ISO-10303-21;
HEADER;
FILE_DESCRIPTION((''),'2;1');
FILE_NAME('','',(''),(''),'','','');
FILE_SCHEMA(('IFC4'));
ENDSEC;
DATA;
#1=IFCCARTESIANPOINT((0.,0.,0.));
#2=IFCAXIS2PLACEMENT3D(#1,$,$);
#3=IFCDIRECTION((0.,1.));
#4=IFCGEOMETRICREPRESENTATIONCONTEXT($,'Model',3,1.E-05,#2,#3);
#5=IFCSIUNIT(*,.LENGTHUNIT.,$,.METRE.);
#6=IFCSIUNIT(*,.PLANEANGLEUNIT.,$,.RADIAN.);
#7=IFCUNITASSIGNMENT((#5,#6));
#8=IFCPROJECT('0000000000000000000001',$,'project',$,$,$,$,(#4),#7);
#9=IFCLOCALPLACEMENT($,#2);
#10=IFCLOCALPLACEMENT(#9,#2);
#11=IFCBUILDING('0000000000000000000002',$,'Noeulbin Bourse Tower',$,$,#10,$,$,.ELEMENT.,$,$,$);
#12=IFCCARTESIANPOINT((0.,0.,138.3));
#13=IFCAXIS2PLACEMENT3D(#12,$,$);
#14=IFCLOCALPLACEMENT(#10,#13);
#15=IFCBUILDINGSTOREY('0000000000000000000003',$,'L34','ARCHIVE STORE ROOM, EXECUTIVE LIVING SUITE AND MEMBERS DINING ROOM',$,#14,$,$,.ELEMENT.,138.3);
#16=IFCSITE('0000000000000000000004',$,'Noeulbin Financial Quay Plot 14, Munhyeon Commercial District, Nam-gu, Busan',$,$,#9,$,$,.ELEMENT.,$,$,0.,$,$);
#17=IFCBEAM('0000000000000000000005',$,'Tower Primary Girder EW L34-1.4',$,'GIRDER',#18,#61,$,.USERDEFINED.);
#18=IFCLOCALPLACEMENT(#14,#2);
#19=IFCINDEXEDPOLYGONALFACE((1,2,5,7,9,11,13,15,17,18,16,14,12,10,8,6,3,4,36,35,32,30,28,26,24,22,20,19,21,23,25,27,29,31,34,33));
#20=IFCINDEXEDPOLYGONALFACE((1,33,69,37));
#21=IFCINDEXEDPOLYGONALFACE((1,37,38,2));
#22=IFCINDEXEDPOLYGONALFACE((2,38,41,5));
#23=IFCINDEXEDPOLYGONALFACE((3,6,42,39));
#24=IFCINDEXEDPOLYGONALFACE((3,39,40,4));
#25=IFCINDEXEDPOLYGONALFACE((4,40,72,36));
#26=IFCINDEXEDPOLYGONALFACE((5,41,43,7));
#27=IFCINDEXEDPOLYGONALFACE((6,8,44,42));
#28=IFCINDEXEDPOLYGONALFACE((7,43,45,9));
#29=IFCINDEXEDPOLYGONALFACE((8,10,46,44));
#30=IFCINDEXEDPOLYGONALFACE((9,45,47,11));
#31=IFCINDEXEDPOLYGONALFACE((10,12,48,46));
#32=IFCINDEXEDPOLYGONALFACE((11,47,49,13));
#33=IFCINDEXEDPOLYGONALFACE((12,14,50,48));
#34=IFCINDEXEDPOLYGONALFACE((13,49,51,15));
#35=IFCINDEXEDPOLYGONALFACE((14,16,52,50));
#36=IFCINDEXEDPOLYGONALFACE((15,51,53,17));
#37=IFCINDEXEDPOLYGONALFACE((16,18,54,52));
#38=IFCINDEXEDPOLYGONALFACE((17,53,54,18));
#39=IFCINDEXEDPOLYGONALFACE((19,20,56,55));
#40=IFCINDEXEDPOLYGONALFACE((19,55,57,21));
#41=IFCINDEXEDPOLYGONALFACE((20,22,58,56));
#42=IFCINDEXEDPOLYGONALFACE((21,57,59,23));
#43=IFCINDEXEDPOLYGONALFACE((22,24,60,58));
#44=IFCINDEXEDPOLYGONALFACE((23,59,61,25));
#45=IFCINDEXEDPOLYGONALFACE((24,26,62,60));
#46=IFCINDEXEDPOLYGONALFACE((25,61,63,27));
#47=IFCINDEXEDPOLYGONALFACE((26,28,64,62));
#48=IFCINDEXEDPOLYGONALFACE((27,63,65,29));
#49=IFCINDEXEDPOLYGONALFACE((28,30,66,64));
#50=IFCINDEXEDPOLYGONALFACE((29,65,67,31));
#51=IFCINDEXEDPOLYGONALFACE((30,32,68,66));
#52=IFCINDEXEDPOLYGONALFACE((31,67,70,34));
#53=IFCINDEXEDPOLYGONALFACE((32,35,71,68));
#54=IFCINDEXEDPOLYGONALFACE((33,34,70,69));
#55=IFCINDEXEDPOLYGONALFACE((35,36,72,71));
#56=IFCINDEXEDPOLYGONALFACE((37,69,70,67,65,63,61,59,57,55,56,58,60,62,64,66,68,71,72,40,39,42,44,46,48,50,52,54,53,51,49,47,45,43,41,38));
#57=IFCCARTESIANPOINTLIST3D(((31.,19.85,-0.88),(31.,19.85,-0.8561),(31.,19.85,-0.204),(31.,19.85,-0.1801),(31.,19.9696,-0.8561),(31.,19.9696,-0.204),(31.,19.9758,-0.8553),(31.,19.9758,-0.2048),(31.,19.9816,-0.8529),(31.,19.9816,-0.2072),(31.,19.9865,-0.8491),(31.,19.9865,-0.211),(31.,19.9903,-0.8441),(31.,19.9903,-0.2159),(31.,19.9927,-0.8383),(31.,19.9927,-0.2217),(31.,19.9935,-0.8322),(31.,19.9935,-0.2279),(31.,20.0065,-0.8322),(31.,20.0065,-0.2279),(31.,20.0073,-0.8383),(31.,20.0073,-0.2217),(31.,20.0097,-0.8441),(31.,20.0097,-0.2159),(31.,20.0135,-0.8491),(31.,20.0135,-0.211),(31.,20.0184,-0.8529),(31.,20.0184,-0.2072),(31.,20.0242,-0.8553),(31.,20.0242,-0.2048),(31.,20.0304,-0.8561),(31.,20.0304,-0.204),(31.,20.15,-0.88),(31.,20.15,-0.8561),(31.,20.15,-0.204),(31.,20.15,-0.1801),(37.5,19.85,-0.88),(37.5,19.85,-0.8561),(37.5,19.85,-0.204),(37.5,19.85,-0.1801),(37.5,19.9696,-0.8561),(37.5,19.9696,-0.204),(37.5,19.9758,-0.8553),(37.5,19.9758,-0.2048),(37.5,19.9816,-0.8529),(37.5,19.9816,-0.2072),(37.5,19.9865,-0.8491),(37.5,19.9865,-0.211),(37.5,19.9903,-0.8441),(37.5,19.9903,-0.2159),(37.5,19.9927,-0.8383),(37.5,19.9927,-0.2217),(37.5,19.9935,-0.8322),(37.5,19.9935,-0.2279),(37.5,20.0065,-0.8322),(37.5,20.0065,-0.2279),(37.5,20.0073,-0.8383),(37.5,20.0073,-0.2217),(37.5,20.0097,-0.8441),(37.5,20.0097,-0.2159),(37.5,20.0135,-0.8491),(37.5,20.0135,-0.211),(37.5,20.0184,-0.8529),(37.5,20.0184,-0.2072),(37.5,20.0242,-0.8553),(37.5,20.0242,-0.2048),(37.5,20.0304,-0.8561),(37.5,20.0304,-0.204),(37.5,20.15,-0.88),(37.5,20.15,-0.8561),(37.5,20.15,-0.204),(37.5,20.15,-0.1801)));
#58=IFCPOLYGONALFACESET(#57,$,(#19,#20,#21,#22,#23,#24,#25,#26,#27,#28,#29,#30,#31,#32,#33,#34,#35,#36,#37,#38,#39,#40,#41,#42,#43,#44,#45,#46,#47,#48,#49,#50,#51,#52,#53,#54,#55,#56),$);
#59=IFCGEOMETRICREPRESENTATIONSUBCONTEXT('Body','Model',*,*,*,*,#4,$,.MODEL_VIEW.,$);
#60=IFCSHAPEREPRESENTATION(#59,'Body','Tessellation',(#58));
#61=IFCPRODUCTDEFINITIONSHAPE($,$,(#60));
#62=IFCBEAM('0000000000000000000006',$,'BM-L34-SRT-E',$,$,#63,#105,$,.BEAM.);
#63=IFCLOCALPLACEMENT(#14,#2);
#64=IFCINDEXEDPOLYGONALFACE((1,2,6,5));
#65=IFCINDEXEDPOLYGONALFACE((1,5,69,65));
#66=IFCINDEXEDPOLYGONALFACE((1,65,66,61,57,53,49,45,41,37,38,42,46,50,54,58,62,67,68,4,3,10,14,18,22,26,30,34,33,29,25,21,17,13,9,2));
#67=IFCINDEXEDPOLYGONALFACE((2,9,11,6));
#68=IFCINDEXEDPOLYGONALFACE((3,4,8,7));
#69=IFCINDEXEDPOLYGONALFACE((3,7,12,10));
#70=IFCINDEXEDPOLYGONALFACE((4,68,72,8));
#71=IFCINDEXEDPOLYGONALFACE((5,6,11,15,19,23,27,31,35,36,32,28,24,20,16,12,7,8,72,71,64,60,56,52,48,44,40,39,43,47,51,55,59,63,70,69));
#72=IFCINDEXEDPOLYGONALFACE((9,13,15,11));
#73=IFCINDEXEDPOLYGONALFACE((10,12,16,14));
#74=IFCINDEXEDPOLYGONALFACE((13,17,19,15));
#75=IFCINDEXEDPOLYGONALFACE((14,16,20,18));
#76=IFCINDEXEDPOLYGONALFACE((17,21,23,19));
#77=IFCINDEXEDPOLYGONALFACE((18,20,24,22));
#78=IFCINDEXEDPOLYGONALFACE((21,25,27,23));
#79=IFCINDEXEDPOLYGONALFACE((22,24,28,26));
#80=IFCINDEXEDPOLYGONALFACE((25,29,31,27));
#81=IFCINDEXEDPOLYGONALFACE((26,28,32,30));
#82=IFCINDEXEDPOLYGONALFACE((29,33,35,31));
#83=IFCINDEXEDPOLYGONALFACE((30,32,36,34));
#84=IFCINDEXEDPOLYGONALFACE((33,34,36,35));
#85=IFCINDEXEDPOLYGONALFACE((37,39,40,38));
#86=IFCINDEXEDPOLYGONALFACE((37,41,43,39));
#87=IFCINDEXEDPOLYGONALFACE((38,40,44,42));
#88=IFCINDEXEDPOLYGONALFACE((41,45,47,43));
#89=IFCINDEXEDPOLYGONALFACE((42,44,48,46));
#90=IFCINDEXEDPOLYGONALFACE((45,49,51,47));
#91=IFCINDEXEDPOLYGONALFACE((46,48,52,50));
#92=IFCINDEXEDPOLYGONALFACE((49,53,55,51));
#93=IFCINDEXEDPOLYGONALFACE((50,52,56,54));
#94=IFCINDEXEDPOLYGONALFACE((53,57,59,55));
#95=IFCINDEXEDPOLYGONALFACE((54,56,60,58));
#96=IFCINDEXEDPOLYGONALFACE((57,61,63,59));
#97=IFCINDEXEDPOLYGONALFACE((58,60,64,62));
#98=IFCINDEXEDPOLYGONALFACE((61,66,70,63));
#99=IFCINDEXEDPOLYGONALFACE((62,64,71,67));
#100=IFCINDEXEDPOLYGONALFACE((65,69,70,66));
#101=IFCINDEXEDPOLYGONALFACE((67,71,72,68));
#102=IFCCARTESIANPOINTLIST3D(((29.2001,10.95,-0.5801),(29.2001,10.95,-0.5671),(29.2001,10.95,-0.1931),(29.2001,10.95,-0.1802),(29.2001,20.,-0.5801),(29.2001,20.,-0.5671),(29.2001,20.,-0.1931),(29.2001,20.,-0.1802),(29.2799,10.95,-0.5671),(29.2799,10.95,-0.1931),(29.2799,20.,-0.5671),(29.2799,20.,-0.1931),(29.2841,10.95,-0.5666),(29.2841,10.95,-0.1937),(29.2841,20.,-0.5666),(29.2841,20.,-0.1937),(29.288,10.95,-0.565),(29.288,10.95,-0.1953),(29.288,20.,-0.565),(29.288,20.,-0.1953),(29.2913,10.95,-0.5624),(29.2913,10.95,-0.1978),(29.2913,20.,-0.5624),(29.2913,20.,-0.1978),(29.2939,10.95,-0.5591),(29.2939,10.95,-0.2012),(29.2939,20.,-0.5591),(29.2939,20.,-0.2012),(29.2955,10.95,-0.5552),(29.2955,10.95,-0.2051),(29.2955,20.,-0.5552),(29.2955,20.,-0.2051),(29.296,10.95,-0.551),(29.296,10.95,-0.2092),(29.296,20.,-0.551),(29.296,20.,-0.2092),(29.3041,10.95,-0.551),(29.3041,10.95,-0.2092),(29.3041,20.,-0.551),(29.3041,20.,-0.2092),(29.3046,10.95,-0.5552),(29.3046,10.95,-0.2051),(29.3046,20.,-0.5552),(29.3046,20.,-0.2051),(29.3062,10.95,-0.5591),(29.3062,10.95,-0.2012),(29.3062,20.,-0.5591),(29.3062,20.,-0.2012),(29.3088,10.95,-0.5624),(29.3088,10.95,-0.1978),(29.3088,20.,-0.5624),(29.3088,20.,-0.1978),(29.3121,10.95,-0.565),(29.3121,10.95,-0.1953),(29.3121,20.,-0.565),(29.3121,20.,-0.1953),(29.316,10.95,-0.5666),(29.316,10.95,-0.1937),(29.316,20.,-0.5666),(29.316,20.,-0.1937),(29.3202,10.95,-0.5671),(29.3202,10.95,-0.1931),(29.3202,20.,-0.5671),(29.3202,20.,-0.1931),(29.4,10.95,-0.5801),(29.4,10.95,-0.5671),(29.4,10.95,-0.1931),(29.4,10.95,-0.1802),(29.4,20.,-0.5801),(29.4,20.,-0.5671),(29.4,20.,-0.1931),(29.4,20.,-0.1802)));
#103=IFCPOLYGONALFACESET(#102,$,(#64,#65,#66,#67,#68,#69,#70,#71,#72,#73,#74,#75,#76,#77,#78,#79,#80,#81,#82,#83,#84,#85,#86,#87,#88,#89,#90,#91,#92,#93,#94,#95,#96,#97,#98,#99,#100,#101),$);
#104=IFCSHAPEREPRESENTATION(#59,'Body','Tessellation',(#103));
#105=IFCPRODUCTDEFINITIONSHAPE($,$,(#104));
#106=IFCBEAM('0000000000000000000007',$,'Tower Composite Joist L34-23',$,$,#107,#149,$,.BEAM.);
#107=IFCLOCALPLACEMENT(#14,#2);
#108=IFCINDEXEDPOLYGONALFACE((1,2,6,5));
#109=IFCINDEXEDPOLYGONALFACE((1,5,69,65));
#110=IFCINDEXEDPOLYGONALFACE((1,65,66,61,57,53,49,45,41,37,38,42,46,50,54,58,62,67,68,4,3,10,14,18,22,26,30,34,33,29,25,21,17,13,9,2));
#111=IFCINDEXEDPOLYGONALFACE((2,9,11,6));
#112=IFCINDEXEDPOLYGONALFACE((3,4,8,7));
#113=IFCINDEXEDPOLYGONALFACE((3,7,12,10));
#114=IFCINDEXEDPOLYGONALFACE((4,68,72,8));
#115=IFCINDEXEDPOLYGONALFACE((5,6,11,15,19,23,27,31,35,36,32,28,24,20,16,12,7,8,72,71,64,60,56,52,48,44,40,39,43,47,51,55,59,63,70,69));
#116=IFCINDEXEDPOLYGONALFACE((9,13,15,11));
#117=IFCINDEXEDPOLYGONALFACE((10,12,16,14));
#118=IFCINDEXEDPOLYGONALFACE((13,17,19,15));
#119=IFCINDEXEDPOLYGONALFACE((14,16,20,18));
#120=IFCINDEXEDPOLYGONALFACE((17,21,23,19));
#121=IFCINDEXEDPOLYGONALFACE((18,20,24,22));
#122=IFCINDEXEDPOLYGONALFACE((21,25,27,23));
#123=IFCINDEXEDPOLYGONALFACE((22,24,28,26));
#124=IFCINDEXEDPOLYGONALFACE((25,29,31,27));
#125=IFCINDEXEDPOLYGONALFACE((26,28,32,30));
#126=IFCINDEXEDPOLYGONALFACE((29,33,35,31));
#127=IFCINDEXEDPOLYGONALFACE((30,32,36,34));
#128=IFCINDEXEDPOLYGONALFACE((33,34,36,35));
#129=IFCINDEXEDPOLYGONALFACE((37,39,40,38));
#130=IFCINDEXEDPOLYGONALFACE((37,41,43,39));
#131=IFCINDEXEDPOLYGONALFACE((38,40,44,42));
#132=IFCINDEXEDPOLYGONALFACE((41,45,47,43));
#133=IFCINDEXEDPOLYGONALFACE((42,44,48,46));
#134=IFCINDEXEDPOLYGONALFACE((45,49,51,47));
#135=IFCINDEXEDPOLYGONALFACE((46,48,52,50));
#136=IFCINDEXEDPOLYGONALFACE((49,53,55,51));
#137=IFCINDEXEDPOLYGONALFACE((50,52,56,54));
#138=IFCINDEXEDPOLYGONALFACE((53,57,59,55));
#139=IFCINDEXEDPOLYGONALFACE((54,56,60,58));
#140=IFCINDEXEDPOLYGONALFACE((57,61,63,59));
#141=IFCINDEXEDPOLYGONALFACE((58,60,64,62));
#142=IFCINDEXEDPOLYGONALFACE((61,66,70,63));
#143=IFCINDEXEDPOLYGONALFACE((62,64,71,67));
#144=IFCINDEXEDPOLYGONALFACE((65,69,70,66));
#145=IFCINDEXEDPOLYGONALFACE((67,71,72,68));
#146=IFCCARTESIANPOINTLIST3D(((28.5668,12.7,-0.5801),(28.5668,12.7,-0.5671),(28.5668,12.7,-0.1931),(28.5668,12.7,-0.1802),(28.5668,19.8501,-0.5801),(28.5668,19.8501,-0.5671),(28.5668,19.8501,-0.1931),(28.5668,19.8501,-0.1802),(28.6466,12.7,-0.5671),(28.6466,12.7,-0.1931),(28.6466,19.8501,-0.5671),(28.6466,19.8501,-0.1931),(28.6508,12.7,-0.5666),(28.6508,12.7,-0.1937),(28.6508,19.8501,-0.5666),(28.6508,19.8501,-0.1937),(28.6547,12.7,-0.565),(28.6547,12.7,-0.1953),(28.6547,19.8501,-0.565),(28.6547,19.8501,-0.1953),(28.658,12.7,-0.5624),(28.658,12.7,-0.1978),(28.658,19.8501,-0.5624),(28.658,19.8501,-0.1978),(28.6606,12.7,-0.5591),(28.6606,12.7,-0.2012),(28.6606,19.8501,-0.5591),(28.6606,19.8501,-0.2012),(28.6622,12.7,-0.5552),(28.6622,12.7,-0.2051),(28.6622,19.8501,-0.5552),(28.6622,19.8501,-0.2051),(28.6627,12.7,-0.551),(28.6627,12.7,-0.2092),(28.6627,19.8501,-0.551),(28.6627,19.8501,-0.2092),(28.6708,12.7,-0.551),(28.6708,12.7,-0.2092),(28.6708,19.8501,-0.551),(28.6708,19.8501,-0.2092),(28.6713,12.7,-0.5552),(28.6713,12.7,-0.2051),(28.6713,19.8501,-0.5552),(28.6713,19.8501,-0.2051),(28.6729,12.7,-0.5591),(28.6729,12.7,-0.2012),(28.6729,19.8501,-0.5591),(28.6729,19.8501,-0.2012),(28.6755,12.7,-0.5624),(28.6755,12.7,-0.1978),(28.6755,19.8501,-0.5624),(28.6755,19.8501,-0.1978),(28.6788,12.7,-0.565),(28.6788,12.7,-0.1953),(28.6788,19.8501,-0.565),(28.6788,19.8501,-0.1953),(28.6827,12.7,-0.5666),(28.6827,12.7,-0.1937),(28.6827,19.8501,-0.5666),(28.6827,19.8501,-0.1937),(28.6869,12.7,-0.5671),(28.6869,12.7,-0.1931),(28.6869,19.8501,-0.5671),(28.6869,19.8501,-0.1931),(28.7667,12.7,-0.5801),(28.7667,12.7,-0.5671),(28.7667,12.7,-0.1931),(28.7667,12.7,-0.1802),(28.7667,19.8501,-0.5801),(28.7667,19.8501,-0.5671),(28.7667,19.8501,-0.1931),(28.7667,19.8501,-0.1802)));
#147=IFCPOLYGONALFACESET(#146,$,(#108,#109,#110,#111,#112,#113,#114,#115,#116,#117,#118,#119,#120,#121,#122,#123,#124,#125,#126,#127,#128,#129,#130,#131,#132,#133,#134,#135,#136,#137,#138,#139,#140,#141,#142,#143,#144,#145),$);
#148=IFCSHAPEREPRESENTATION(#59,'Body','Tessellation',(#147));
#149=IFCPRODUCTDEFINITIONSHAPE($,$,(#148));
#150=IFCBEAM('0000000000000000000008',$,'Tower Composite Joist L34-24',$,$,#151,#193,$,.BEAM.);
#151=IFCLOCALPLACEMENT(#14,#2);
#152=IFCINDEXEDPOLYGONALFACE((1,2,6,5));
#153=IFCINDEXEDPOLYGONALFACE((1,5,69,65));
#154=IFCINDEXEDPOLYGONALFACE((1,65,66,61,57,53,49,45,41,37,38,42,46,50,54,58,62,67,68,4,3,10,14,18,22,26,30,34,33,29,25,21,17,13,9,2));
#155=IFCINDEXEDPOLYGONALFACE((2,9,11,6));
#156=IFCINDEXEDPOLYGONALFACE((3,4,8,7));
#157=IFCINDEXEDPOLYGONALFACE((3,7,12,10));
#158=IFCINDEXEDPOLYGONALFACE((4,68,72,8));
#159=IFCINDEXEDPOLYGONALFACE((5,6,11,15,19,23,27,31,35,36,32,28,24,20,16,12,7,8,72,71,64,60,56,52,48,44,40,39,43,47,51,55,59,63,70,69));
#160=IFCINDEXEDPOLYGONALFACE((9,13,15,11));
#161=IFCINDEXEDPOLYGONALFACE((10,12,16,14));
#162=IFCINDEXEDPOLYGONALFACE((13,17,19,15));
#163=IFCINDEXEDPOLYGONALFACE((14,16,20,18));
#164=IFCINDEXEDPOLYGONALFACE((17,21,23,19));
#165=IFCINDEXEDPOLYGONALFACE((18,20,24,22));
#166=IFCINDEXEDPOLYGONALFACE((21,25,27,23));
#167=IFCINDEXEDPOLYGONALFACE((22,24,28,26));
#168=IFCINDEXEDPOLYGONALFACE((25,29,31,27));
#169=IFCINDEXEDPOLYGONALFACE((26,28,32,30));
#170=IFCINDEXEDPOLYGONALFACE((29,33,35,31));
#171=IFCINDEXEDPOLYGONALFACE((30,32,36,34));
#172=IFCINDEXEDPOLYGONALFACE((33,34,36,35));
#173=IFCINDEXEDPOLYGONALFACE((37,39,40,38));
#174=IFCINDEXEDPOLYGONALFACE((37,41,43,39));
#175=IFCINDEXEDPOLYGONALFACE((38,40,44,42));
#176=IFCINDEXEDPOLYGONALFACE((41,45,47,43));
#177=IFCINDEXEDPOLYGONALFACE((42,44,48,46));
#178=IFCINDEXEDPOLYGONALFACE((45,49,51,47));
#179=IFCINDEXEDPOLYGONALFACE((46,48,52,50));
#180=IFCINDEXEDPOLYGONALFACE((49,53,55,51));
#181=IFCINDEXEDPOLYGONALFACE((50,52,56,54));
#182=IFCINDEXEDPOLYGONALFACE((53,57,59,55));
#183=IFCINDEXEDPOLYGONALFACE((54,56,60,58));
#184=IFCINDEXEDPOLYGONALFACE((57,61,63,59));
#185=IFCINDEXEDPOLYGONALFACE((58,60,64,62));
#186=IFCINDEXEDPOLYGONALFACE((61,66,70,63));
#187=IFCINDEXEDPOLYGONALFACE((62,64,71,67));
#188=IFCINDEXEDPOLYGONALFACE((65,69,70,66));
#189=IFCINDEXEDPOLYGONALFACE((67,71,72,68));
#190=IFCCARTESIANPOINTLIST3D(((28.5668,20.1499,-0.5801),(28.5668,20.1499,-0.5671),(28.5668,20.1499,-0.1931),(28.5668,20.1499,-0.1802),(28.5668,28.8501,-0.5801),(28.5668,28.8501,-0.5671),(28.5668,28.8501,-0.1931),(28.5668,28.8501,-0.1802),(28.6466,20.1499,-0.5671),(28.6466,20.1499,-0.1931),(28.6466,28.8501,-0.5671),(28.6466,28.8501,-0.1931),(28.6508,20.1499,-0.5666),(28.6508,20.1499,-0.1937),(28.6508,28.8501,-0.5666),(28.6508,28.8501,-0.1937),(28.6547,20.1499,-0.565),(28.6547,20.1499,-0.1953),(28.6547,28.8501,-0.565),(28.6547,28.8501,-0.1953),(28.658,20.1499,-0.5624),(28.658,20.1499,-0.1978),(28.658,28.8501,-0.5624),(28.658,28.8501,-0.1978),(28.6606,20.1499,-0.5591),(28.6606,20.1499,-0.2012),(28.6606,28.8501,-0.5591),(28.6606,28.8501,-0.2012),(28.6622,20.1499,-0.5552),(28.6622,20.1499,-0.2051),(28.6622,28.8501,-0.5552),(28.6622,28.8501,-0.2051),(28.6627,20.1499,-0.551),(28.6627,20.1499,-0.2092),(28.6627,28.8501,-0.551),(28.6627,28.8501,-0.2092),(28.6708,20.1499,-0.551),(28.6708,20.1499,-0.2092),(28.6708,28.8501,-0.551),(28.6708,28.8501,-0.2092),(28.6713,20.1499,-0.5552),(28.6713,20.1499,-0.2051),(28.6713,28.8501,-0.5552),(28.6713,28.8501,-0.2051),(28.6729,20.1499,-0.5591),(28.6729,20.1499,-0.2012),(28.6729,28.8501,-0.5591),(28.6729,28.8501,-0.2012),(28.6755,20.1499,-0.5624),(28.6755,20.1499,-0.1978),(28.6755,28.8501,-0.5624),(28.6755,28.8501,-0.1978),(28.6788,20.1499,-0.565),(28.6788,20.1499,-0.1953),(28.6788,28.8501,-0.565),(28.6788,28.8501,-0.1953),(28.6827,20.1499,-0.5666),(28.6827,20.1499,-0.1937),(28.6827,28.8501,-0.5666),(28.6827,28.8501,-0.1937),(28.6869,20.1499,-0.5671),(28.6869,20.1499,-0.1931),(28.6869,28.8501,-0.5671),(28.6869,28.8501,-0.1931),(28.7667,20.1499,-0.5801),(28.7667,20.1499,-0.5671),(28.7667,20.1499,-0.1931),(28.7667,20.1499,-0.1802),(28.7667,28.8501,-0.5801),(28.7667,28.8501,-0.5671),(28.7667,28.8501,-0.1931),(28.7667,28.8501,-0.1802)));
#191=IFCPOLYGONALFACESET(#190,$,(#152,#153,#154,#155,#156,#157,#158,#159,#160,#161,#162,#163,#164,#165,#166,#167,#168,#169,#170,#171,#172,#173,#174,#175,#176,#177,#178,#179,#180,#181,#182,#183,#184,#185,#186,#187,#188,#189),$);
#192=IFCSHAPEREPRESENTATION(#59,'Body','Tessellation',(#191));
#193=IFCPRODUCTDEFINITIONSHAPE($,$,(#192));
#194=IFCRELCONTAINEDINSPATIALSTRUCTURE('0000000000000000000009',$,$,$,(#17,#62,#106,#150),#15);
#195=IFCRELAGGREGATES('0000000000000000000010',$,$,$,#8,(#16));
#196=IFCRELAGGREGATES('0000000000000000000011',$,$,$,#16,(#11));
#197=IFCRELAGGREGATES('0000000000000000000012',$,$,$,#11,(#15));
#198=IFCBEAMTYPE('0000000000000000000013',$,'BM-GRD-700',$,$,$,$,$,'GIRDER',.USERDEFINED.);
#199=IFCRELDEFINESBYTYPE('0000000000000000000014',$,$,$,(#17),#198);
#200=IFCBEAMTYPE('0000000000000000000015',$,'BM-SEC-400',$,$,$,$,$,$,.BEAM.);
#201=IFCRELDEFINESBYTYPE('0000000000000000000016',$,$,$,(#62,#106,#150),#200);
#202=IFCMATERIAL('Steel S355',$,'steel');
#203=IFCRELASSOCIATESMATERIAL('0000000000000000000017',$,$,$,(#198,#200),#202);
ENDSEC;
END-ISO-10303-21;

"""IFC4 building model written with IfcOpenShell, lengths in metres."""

from ifc_helpers import new_model, si_unit, direction, frame, origin, origin_2d, place, context, subcontext, project, spatial, i_section, extrude, material, material_profile, profile_set, type_object, element, save


model = new_model("IFC4")

# Units and contexts
model_context = context("Model", 3, precision=1e-05, world=origin(), true_north=direction((0.0, 1.0)))
body_context = subcontext(model_context, "Body", "Model", "MODEL_VIEW")
ifc_project = project(units=[si_unit("LENGTHUNIT", "METRE"), si_unit("PLANEANGLEUNIT", "RADIAN")], contexts=[model_context])

# Site, building, storey
site_placement = place(None, origin())
site = spatial("IfcSite", under=ifc_project, at=site_placement, Name="Noeulbin Financial Quay Plot 14, Munhyeon Commercial District, Nam-gu, Busan", CompositionType="ELEMENT", RefElevation=0.0)
building_placement = place(site_placement, origin())
building = spatial("IfcBuilding", under=site, at=building_placement, Name="Noeulbin Bourse Tower", CompositionType="ELEMENT")
storey_placement = place(building_placement, frame((0.0, 0.0, 138.3)))
storey = spatial("IfcBuildingStorey", under=building, at=storey_placement, Name="L34", Description="ARCHIVE STORE ROOM, EXECUTIVE LIVING SUITE AND MEMBERS DINING ROOM", CompositionType="ELEMENT", Elevation=138.3)

# Shared definitions
ifc_material_1 = material(Name="Steel S355", Category="steel")

# Beams
ifc_material_profile_1 = material_profile(ifc_material_1, i_section(OverallWidth=0.3, OverallDepth=0.7, WebThickness=0.0129, FlangeThickness=0.0239, FilletRadius=0.0239, at=origin_2d()), Name="H-700x300x13x24", Category="LoadBearing")
ifc_profile_set_1 = profile_set([ifc_material_profile_1], Name="Steel S355")
beam_type_1 = type_object("IfcBeamType", Name="BM-GRD-700", ElementType="GIRDER", PredefinedType="USERDEFINED", material=ifc_profile_set_1)
beam_1_placement = place(storey_placement, frame((31.0, 20.0, -0.53), z_axis=(1.0, 0.0, 0.0), x_axis=(0.0, 1.0, 0.0)))
element("IfcBeam", 1, at=beam_1_placement, inside=storey, type_object=beam_type_1, Name="Tower Primary Girder EW L34-1.4", ObjectType="GIRDER", PredefinedType="USERDEFINED", context=body_context, shape_type="SweptSolid", body=[
    extrude(i_section(OverallWidth=0.3, OverallDepth=0.7, WebThickness=0.0129, FlangeThickness=0.0239, FilletRadius=0.0239, at=origin_2d()), origin(), (0.0, 0.0, 1.0), 6.5),
])
ifc_material_profile_2 = material_profile(ifc_material_1, i_section(OverallWidth=0.2, OverallDepth=0.3999, WebThickness=0.0081, FlangeThickness=0.0129, FilletRadius=0.0161, at=origin_2d()), Name="H-400x200x8x13", Category="LoadBearing")
ifc_profile_set_2 = profile_set([ifc_material_profile_2], Name="Steel S355")
beam_type_2 = type_object("IfcBeamType", Name="BM-SEC-400", PredefinedType="BEAM", material=ifc_profile_set_2)
beam_2_placement = place(storey_placement, frame((29.3, 10.95, -0.3801), z_axis=(0.0, 1.0, 0.0), x_axis=(-1.0, 0.0, 0.0)))
element("IfcBeam", 2, at=beam_2_placement, inside=storey, type_object=beam_type_2, Name="BM-L34-SRT-E", PredefinedType="BEAM", context=body_context, shape_type="SweptSolid", body=[
    extrude(i_section(OverallWidth=0.2, OverallDepth=0.3999, WebThickness=0.0081, FlangeThickness=0.0129, FilletRadius=0.0161, at=origin_2d()), origin(), (0.0, 0.0, 1.0), 9.05),
])
beam_3_placement = place(storey_placement, frame((28.6667, 12.7, -0.3801), z_axis=(0.0, 1.0, 0.0), x_axis=(-1.0, 0.0, 0.0)))
element("IfcBeam", 3, at=beam_3_placement, inside=storey, type_object=beam_type_2, Name="Tower Composite Joist L34-23", PredefinedType="BEAM", context=body_context, shape_type="SweptSolid", body=[
    extrude(i_section(OverallWidth=0.2, OverallDepth=0.3999, WebThickness=0.0081, FlangeThickness=0.0129, FilletRadius=0.0161, at=origin_2d()), origin(), (0.0, 0.0, 1.0), 7.1501),
])
beam_4_placement = place(storey_placement, frame((28.6667, 20.1499, -0.3801), z_axis=(0.0, 1.0, 0.0), x_axis=(-1.0, 0.0, 0.0)))
element("IfcBeam", 4, at=beam_4_placement, inside=storey, type_object=beam_type_2, Name="Tower Composite Joist L34-24", PredefinedType="BEAM", context=body_context, shape_type="SweptSolid", body=[
    extrude(i_section(OverallWidth=0.2, OverallDepth=0.3999, WebThickness=0.0081, FlangeThickness=0.0129, FilletRadius=0.0161, at=origin_2d()), origin(), (0.0, 0.0, 1.0), 8.7002),
])

save(model, "model.ifc")
